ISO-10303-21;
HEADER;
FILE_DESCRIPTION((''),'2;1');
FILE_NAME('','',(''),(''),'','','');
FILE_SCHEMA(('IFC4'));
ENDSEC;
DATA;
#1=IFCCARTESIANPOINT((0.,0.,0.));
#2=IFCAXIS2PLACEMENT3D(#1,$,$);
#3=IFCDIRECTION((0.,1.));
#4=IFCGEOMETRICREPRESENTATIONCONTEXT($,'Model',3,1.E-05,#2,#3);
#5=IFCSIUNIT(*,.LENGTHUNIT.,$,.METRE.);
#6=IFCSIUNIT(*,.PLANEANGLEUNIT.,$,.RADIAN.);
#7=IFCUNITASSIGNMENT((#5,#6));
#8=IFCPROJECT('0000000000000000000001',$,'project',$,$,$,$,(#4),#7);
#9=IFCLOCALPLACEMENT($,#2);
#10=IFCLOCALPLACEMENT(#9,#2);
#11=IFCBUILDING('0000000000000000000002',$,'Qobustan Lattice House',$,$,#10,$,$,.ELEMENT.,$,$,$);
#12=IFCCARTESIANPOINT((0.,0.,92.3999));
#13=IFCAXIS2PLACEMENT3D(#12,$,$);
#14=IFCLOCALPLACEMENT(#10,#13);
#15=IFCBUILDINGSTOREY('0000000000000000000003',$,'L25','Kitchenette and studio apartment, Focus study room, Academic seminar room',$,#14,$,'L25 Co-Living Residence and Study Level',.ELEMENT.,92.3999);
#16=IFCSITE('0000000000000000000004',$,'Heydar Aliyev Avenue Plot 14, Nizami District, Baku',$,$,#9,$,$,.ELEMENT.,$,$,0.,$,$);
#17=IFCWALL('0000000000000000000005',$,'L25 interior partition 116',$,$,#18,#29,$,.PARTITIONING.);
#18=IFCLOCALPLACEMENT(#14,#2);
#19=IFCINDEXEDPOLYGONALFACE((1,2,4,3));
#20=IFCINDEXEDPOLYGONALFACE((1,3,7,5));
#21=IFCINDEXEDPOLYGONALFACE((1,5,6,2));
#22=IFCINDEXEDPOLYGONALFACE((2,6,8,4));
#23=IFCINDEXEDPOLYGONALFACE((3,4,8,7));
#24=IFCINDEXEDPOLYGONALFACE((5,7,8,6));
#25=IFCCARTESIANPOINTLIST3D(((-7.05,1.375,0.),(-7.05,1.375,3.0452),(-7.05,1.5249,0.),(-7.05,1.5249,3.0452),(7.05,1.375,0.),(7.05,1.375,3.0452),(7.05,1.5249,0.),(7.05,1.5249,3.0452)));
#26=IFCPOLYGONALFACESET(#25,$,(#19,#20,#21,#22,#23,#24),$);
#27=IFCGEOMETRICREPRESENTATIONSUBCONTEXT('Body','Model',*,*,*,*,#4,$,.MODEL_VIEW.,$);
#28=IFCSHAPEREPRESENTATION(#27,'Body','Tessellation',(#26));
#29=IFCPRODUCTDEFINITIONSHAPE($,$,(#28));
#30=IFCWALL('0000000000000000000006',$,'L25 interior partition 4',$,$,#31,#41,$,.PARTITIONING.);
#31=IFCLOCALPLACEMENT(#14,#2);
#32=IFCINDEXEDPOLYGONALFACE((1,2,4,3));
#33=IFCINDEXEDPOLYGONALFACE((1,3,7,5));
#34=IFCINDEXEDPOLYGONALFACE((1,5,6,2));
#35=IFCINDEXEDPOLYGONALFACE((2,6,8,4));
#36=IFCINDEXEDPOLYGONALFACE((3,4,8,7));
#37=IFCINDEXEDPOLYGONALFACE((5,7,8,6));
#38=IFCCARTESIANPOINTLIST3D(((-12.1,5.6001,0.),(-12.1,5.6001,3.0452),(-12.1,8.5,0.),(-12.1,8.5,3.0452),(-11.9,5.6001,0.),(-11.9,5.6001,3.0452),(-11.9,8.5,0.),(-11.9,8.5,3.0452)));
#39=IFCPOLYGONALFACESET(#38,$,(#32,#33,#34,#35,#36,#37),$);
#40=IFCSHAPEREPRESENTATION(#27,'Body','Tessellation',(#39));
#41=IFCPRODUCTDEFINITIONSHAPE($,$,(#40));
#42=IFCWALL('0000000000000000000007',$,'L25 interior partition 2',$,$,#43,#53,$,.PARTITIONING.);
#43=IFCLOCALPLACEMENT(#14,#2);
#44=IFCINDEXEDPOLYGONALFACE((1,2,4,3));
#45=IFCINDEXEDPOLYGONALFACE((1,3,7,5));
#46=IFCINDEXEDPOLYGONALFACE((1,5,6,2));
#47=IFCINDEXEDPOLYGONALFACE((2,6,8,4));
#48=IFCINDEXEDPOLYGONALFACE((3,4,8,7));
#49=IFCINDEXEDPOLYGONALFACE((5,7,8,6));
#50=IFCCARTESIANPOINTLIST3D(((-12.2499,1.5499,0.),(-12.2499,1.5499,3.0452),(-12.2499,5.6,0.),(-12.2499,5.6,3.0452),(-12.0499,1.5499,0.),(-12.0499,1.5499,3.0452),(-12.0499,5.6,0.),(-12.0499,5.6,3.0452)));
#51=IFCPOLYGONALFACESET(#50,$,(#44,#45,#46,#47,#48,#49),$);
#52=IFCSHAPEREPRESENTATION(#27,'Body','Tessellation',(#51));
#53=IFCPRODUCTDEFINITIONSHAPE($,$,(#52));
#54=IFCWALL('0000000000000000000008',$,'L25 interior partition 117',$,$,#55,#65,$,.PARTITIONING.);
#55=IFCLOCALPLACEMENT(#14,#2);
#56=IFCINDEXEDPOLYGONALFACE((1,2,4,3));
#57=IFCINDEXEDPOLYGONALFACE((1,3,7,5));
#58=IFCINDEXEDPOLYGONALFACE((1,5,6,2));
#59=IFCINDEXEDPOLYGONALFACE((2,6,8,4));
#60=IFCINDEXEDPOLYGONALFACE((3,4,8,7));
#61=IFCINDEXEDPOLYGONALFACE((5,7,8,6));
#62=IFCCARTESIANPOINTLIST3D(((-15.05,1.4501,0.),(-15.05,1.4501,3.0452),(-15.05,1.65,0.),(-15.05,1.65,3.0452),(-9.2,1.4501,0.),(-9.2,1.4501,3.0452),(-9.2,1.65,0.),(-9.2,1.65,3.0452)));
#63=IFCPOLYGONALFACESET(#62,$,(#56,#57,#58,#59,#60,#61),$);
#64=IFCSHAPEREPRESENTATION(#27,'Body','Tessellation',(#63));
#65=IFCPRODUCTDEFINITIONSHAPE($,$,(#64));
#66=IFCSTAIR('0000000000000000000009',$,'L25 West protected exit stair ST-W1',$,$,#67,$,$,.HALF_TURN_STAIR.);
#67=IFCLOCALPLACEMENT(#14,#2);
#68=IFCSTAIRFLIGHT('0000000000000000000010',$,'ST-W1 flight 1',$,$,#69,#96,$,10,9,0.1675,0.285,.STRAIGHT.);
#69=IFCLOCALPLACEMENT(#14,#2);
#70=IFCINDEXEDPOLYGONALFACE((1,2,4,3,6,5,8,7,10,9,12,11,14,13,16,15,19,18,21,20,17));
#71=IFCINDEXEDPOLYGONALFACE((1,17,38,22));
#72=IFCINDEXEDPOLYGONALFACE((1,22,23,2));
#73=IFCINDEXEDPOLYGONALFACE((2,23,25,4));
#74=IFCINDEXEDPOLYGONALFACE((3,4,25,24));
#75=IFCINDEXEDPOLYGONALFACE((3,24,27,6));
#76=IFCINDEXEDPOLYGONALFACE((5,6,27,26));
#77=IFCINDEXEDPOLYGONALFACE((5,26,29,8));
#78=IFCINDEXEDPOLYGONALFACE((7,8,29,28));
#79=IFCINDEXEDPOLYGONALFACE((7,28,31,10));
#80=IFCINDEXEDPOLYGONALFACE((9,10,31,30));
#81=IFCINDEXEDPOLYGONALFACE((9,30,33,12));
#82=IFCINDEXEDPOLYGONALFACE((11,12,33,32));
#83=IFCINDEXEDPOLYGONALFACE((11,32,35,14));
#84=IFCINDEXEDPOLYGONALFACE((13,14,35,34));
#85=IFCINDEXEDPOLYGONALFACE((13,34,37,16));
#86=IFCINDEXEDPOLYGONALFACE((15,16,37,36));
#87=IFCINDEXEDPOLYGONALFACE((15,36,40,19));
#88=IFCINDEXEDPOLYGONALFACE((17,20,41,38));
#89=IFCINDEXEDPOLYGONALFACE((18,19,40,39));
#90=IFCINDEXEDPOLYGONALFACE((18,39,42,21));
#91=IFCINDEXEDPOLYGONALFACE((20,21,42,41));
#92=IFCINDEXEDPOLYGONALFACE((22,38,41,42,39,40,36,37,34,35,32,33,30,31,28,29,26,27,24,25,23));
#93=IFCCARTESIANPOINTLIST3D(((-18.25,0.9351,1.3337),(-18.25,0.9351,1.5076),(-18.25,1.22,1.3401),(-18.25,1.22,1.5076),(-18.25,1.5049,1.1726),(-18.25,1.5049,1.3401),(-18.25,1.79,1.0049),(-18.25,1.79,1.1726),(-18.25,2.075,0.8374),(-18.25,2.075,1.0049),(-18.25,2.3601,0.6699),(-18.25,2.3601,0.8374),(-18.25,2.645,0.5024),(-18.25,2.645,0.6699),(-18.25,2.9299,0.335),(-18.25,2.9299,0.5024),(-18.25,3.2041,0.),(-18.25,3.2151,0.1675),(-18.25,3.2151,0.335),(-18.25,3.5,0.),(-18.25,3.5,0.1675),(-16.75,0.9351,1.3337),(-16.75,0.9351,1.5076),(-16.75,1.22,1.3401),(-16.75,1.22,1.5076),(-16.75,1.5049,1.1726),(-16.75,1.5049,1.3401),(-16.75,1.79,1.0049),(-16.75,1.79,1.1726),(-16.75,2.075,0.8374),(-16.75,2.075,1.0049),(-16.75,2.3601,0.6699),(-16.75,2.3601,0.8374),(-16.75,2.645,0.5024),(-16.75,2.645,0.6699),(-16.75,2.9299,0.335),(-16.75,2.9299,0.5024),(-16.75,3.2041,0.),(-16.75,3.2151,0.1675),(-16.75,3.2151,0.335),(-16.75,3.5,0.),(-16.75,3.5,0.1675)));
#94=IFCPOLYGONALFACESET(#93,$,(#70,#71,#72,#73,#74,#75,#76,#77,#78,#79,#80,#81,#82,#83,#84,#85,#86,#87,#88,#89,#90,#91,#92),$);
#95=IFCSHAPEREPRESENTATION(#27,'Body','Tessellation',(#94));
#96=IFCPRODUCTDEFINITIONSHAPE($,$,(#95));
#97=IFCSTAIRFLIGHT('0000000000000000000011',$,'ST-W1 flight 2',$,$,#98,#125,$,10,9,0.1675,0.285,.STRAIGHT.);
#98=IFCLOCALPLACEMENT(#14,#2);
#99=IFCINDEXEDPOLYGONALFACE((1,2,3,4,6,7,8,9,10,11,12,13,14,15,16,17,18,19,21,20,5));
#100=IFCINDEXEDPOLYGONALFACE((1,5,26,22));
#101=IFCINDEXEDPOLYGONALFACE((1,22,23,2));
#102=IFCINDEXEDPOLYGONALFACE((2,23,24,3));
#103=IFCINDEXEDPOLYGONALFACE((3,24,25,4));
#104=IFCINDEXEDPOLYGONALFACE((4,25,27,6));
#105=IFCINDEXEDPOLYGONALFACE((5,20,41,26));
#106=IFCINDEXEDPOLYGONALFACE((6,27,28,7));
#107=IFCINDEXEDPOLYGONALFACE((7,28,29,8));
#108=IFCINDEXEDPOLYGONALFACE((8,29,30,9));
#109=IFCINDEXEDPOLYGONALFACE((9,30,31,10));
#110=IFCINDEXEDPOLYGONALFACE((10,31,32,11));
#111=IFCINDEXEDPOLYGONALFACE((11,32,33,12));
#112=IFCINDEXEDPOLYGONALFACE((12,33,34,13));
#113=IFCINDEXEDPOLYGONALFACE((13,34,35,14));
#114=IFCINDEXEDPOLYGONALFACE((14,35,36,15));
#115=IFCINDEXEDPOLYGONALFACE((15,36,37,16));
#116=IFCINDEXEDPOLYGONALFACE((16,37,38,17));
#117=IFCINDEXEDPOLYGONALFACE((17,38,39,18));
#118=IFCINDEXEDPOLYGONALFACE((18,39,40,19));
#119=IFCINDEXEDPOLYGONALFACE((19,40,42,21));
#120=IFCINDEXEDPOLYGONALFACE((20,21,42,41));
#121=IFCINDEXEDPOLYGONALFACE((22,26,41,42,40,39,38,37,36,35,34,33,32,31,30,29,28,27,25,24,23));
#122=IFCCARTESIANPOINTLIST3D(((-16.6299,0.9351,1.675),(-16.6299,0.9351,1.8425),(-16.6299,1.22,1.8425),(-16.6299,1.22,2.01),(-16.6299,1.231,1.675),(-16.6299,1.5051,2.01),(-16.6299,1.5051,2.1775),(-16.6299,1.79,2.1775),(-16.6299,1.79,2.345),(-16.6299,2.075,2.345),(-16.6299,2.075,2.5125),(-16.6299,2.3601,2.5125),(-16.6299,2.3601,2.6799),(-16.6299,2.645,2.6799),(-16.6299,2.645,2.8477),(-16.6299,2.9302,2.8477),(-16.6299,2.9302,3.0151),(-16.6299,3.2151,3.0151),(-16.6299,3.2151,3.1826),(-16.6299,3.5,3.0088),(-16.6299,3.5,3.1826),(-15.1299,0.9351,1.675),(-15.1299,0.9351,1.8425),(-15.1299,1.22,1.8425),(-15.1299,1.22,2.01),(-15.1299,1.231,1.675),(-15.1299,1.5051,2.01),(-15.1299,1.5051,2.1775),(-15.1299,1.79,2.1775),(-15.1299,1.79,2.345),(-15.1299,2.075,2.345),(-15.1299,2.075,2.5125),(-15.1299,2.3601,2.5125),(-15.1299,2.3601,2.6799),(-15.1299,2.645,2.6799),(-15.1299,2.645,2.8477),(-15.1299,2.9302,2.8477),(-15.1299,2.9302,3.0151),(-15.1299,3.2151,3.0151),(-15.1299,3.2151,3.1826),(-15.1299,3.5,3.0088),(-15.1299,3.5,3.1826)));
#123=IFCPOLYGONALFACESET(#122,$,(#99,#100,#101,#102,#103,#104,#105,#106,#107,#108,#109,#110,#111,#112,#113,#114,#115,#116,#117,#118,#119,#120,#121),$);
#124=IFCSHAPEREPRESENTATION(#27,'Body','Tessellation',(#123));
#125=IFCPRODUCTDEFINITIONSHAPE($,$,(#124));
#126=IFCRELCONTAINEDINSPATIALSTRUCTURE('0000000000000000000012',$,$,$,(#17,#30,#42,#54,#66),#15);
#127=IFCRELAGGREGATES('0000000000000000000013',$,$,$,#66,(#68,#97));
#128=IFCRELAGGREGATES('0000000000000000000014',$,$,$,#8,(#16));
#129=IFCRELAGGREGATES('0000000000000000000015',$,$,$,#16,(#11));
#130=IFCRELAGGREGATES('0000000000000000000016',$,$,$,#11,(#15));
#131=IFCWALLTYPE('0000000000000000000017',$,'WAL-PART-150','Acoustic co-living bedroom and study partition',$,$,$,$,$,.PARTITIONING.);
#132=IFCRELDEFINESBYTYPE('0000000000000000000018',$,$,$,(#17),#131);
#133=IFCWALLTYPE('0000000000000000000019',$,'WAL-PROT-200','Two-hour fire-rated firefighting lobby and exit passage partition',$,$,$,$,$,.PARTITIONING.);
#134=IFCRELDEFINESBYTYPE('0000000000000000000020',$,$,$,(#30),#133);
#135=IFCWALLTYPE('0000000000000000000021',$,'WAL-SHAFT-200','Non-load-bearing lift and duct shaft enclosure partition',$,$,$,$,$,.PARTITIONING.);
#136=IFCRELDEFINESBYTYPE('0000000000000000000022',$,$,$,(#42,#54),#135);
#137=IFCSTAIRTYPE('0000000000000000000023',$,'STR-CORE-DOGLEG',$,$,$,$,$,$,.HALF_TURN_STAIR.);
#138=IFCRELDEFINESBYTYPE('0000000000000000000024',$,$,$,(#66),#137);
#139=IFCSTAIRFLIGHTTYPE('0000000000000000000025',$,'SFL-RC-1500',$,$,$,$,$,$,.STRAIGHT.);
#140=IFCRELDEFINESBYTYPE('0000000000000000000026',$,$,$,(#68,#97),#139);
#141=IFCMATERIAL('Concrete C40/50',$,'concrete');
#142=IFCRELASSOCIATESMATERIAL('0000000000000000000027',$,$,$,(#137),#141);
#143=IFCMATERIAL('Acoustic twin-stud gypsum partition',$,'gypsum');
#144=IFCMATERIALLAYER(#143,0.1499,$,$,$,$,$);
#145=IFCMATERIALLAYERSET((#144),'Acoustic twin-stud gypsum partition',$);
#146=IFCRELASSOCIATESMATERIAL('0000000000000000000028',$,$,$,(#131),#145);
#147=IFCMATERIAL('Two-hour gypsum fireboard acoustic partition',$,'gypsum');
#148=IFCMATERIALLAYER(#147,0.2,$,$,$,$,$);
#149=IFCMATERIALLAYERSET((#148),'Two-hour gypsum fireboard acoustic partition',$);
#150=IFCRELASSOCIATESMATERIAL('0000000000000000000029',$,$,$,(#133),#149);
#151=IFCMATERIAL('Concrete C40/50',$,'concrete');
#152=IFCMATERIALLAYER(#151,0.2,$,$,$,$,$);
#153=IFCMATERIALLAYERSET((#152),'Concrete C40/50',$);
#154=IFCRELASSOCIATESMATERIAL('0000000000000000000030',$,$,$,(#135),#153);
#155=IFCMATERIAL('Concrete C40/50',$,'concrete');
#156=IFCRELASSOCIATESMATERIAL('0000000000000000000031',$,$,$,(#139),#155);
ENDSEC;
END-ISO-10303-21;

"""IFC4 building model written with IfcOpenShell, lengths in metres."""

from ifc_helpers import new_model, si_unit, direction, frame, frame_2d, origin, place, context, subcontext, project, spatial, polyline, rectangle, outline, extrude, material, layer, layer_set, type_object, element, aggregate, save


model = new_model("IFC4")

# Units and contexts
model_context = context("Model", 3, precision=1e-05, world=origin(), true_north=direction((0.0, 1.0)))
body_context = subcontext(model_context, "Body", "Model", "MODEL_VIEW")
ifc_project = project(units=[si_unit("LENGTHUNIT", "METRE"), si_unit("PLANEANGLEUNIT", "RADIAN")], contexts=[model_context])

# Site, building, storey
site_placement = place(None, origin())
site = spatial("IfcSite", under=ifc_project, at=site_placement, Name="Heydar Aliyev Avenue Plot 14, Nizami District, Baku", CompositionType="ELEMENT", RefElevation=0.0)
building_placement = place(site_placement, origin())
building = spatial("IfcBuilding", under=site, at=building_placement, Name="Qobustan Lattice House", CompositionType="ELEMENT")
storey_placement = place(building_placement, frame((0.0, 0.0, 92.3999)))
storey = spatial("IfcBuildingStorey", under=building, at=storey_placement, Name="L25", Description="Kitchenette and studio apartment, Focus study room, Academic seminar room", LongName="L25 Co-Living Residence and Study Level", CompositionType="ELEMENT", Elevation=92.3999)

# Shared definitions
ifc_material_1 = material(Name="Concrete C40/50", Category="concrete")
stair_type = type_object("IfcStairType", Name="STR-CORE-DOGLEG", PredefinedType="HALF_TURN_STAIR", material=ifc_material_1)

# Walls
ifc_material_2 = material(Name="Acoustic twin-stud gypsum partition", Category="gypsum")
ifc_layer_1 = layer(ifc_material_2, 0.1499)
ifc_layer_set_1 = layer_set([ifc_layer_1], Name="Acoustic twin-stud gypsum partition")
wall_type_1 = type_object("IfcWallType", Name="WAL-PART-150", Description="Acoustic co-living bedroom and study partition", PredefinedType="PARTITIONING", material=ifc_layer_set_1)
wall_1_placement = place(storey_placement, frame((-7.05, 1.45, 0.0), z_axis=(0.0, 0.0, 1.0), x_axis=(1.0, 0.0, 0.0)))
element("IfcWall", 1, at=wall_1_placement, inside=storey, type_object=wall_type_1, Name="L25 interior partition 116", PredefinedType="PARTITIONING", context=body_context, shape_type="SweptSolid", body=[
    extrude(rectangle(XDim=14.1001, YDim=0.1499, at=frame_2d((7.05, 0.0))), origin(), (0.0, 0.0, 1.0), 3.0452),
])
ifc_material_3 = material(Name="Two-hour gypsum fireboard acoustic partition", Category="gypsum")
ifc_layer_2 = layer(ifc_material_3, 0.2)
ifc_layer_set_2 = layer_set([ifc_layer_2], Name="Two-hour gypsum fireboard acoustic partition")
wall_type_2 = type_object("IfcWallType", Name="WAL-PROT-200", Description="Two-hour fire-rated firefighting lobby and exit passage partition", PredefinedType="PARTITIONING", material=ifc_layer_set_2)
wall_2_placement = place(storey_placement, frame((-12.0, 5.6001, 0.0), z_axis=(0.0, 0.0, 1.0), x_axis=(0.0, 1.0, 0.0)))
element("IfcWall", 2, at=wall_2_placement, inside=storey, type_object=wall_type_2, Name="L25 interior partition 4", PredefinedType="PARTITIONING", context=body_context, shape_type="SweptSolid", body=[
    extrude(rectangle(XDim=2.8999, YDim=0.2, at=frame_2d((1.45, 0.0))), origin(), (0.0, 0.0, 1.0), 3.0452),
])
ifc_material_4 = material(Name="Concrete C40/50", Category="concrete")
ifc_layer_3 = layer(ifc_material_4, 0.2)
ifc_layer_set_3 = layer_set([ifc_layer_3], Name="Concrete C40/50")
wall_type_3 = type_object("IfcWallType", Name="WAL-SHAFT-200", Description="Non-load-bearing lift and duct shaft enclosure partition", PredefinedType="PARTITIONING", material=ifc_layer_set_3)
wall_3_placement = place(storey_placement, frame((-12.1499, 1.55, 0.0), z_axis=(0.0, 0.0, 1.0), x_axis=(0.0, 1.0, 0.0)))
element("IfcWall", 3, at=wall_3_placement, inside=storey, type_object=wall_type_3, Name="L25 interior partition 2", PredefinedType="PARTITIONING", context=body_context, shape_type="SweptSolid", body=[
    extrude(rectangle(XDim=4.05, YDim=0.2, at=frame_2d((2.0249, 0.0))), origin(), (0.0, 0.0, 1.0), 3.0452),
])
wall_4_placement = place(storey_placement, frame((-15.05, 1.55, 0.0), z_axis=(0.0, 0.0, 1.0), x_axis=(1.0, 0.0, 0.0)))
element("IfcWall", 4, at=wall_4_placement, inside=storey, type_object=wall_type_3, Name="L25 interior partition 117", PredefinedType="PARTITIONING", context=body_context, shape_type="SweptSolid", body=[
    extrude(rectangle(XDim=5.8501, YDim=0.2, at=frame_2d((2.925, 0.0))), origin(), (0.0, 0.0, 1.0), 3.0452),
])

# Stair, stair flights
stair_1_placement = place(storey_placement, origin())
stair_1 = element("IfcStair", 5, at=stair_1_placement, inside=storey, type_object=stair_type, Name="L25 West protected exit stair ST-W1", PredefinedType="HALF_TURN_STAIR")
ifc_material_5 = material(Name="Concrete C40/50", Category="concrete")
stair_flight_type = type_object("IfcStairFlightType", Name="SFL-RC-1500", PredefinedType="STRAIGHT", material=ifc_material_5)
stair_flight_1_placement = place(storey_placement, frame((-17.5, 3.5, 0.0), z_axis=(0.0, 0.0, 1.0), x_axis=(0.0, -1.0, 0.0)))
stair_flight_1 = element("IfcStairFlight", 6, at=stair_flight_1_placement, type_object=stair_flight_type, Name="ST-W1 flight 1", NumberOfRisers=10, NumberOfTreads=9, PredefinedType="STRAIGHT", RiserHeight=0.1675, TreadLength=0.285, context=body_context, shape_type="SweptSolid", body=[
    extrude(outline(polyline([(0.0, 0.0), (0.0, 0.1675), (0.2849, 0.1675), (0.2849, 0.335), (0.5701, 0.335), (0.5701, 0.5024), (0.855, 0.5024), (0.855, 0.6699), (1.1399, 0.6699), (1.1399, 0.8374), (1.425, 0.8374), (1.425, 1.0049), (1.71, 1.0049), (1.71, 1.1726), (1.9951, 1.1726), (1.9951, 1.3401), (2.28, 1.3401), (2.28, 1.5076), (2.5649, 1.5076), (2.5649, 1.675), (2.5649, 1.3337), (0.2959, 0.0), (0.0, 0.0)])), frame((0.0, 0.75, 0.0), z_axis=(0.0, -1.0, 0.0), x_axis=(1.0, 0.0, 0.0)), (0.0, 0.0, 1.0), 1.5),
])
stair_flight_2_placement = place(storey_placement, frame((-15.8799, 0.9351, 1.675), z_axis=(0.0, 0.0, 1.0), x_axis=(0.0, 1.0, 0.0)))
stair_flight_2 = element("IfcStairFlight", 7, at=stair_flight_2_placement, type_object=stair_flight_type, Name="ST-W1 flight 2", NumberOfRisers=10, NumberOfTreads=9, PredefinedType="STRAIGHT", RiserHeight=0.1675, TreadLength=0.285, context=body_context, shape_type="SweptSolid", body=[
    extrude(outline(polyline([(0.0, 0.0), (0.0, 0.1675), (0.2849, 0.1675), (0.2849, 0.335), (0.5701, 0.335), (0.5701, 0.5024), (0.855, 0.5024), (0.855, 0.6699), (1.1399, 0.6699), (1.1399, 0.8374), (1.425, 0.8374), (1.425, 1.0049), (1.71, 1.0049), (1.71, 1.1726), (1.9951, 1.1726), (1.9951, 1.3401), (2.28, 1.3401), (2.28, 1.5076), (2.5649, 1.5076), (2.5649, 1.675), (2.5649, 1.3337), (0.2959, 0.0), (0.0, 0.0)])), frame((0.0, 0.75, 0.0), z_axis=(0.0, -1.0, 0.0), x_axis=(1.0, 0.0, 0.0)), (0.0, 0.0, 1.0), 1.5),
])
aggregate(stair_1, [stair_flight_1, stair_flight_2])

save(model, "model.ifc")
